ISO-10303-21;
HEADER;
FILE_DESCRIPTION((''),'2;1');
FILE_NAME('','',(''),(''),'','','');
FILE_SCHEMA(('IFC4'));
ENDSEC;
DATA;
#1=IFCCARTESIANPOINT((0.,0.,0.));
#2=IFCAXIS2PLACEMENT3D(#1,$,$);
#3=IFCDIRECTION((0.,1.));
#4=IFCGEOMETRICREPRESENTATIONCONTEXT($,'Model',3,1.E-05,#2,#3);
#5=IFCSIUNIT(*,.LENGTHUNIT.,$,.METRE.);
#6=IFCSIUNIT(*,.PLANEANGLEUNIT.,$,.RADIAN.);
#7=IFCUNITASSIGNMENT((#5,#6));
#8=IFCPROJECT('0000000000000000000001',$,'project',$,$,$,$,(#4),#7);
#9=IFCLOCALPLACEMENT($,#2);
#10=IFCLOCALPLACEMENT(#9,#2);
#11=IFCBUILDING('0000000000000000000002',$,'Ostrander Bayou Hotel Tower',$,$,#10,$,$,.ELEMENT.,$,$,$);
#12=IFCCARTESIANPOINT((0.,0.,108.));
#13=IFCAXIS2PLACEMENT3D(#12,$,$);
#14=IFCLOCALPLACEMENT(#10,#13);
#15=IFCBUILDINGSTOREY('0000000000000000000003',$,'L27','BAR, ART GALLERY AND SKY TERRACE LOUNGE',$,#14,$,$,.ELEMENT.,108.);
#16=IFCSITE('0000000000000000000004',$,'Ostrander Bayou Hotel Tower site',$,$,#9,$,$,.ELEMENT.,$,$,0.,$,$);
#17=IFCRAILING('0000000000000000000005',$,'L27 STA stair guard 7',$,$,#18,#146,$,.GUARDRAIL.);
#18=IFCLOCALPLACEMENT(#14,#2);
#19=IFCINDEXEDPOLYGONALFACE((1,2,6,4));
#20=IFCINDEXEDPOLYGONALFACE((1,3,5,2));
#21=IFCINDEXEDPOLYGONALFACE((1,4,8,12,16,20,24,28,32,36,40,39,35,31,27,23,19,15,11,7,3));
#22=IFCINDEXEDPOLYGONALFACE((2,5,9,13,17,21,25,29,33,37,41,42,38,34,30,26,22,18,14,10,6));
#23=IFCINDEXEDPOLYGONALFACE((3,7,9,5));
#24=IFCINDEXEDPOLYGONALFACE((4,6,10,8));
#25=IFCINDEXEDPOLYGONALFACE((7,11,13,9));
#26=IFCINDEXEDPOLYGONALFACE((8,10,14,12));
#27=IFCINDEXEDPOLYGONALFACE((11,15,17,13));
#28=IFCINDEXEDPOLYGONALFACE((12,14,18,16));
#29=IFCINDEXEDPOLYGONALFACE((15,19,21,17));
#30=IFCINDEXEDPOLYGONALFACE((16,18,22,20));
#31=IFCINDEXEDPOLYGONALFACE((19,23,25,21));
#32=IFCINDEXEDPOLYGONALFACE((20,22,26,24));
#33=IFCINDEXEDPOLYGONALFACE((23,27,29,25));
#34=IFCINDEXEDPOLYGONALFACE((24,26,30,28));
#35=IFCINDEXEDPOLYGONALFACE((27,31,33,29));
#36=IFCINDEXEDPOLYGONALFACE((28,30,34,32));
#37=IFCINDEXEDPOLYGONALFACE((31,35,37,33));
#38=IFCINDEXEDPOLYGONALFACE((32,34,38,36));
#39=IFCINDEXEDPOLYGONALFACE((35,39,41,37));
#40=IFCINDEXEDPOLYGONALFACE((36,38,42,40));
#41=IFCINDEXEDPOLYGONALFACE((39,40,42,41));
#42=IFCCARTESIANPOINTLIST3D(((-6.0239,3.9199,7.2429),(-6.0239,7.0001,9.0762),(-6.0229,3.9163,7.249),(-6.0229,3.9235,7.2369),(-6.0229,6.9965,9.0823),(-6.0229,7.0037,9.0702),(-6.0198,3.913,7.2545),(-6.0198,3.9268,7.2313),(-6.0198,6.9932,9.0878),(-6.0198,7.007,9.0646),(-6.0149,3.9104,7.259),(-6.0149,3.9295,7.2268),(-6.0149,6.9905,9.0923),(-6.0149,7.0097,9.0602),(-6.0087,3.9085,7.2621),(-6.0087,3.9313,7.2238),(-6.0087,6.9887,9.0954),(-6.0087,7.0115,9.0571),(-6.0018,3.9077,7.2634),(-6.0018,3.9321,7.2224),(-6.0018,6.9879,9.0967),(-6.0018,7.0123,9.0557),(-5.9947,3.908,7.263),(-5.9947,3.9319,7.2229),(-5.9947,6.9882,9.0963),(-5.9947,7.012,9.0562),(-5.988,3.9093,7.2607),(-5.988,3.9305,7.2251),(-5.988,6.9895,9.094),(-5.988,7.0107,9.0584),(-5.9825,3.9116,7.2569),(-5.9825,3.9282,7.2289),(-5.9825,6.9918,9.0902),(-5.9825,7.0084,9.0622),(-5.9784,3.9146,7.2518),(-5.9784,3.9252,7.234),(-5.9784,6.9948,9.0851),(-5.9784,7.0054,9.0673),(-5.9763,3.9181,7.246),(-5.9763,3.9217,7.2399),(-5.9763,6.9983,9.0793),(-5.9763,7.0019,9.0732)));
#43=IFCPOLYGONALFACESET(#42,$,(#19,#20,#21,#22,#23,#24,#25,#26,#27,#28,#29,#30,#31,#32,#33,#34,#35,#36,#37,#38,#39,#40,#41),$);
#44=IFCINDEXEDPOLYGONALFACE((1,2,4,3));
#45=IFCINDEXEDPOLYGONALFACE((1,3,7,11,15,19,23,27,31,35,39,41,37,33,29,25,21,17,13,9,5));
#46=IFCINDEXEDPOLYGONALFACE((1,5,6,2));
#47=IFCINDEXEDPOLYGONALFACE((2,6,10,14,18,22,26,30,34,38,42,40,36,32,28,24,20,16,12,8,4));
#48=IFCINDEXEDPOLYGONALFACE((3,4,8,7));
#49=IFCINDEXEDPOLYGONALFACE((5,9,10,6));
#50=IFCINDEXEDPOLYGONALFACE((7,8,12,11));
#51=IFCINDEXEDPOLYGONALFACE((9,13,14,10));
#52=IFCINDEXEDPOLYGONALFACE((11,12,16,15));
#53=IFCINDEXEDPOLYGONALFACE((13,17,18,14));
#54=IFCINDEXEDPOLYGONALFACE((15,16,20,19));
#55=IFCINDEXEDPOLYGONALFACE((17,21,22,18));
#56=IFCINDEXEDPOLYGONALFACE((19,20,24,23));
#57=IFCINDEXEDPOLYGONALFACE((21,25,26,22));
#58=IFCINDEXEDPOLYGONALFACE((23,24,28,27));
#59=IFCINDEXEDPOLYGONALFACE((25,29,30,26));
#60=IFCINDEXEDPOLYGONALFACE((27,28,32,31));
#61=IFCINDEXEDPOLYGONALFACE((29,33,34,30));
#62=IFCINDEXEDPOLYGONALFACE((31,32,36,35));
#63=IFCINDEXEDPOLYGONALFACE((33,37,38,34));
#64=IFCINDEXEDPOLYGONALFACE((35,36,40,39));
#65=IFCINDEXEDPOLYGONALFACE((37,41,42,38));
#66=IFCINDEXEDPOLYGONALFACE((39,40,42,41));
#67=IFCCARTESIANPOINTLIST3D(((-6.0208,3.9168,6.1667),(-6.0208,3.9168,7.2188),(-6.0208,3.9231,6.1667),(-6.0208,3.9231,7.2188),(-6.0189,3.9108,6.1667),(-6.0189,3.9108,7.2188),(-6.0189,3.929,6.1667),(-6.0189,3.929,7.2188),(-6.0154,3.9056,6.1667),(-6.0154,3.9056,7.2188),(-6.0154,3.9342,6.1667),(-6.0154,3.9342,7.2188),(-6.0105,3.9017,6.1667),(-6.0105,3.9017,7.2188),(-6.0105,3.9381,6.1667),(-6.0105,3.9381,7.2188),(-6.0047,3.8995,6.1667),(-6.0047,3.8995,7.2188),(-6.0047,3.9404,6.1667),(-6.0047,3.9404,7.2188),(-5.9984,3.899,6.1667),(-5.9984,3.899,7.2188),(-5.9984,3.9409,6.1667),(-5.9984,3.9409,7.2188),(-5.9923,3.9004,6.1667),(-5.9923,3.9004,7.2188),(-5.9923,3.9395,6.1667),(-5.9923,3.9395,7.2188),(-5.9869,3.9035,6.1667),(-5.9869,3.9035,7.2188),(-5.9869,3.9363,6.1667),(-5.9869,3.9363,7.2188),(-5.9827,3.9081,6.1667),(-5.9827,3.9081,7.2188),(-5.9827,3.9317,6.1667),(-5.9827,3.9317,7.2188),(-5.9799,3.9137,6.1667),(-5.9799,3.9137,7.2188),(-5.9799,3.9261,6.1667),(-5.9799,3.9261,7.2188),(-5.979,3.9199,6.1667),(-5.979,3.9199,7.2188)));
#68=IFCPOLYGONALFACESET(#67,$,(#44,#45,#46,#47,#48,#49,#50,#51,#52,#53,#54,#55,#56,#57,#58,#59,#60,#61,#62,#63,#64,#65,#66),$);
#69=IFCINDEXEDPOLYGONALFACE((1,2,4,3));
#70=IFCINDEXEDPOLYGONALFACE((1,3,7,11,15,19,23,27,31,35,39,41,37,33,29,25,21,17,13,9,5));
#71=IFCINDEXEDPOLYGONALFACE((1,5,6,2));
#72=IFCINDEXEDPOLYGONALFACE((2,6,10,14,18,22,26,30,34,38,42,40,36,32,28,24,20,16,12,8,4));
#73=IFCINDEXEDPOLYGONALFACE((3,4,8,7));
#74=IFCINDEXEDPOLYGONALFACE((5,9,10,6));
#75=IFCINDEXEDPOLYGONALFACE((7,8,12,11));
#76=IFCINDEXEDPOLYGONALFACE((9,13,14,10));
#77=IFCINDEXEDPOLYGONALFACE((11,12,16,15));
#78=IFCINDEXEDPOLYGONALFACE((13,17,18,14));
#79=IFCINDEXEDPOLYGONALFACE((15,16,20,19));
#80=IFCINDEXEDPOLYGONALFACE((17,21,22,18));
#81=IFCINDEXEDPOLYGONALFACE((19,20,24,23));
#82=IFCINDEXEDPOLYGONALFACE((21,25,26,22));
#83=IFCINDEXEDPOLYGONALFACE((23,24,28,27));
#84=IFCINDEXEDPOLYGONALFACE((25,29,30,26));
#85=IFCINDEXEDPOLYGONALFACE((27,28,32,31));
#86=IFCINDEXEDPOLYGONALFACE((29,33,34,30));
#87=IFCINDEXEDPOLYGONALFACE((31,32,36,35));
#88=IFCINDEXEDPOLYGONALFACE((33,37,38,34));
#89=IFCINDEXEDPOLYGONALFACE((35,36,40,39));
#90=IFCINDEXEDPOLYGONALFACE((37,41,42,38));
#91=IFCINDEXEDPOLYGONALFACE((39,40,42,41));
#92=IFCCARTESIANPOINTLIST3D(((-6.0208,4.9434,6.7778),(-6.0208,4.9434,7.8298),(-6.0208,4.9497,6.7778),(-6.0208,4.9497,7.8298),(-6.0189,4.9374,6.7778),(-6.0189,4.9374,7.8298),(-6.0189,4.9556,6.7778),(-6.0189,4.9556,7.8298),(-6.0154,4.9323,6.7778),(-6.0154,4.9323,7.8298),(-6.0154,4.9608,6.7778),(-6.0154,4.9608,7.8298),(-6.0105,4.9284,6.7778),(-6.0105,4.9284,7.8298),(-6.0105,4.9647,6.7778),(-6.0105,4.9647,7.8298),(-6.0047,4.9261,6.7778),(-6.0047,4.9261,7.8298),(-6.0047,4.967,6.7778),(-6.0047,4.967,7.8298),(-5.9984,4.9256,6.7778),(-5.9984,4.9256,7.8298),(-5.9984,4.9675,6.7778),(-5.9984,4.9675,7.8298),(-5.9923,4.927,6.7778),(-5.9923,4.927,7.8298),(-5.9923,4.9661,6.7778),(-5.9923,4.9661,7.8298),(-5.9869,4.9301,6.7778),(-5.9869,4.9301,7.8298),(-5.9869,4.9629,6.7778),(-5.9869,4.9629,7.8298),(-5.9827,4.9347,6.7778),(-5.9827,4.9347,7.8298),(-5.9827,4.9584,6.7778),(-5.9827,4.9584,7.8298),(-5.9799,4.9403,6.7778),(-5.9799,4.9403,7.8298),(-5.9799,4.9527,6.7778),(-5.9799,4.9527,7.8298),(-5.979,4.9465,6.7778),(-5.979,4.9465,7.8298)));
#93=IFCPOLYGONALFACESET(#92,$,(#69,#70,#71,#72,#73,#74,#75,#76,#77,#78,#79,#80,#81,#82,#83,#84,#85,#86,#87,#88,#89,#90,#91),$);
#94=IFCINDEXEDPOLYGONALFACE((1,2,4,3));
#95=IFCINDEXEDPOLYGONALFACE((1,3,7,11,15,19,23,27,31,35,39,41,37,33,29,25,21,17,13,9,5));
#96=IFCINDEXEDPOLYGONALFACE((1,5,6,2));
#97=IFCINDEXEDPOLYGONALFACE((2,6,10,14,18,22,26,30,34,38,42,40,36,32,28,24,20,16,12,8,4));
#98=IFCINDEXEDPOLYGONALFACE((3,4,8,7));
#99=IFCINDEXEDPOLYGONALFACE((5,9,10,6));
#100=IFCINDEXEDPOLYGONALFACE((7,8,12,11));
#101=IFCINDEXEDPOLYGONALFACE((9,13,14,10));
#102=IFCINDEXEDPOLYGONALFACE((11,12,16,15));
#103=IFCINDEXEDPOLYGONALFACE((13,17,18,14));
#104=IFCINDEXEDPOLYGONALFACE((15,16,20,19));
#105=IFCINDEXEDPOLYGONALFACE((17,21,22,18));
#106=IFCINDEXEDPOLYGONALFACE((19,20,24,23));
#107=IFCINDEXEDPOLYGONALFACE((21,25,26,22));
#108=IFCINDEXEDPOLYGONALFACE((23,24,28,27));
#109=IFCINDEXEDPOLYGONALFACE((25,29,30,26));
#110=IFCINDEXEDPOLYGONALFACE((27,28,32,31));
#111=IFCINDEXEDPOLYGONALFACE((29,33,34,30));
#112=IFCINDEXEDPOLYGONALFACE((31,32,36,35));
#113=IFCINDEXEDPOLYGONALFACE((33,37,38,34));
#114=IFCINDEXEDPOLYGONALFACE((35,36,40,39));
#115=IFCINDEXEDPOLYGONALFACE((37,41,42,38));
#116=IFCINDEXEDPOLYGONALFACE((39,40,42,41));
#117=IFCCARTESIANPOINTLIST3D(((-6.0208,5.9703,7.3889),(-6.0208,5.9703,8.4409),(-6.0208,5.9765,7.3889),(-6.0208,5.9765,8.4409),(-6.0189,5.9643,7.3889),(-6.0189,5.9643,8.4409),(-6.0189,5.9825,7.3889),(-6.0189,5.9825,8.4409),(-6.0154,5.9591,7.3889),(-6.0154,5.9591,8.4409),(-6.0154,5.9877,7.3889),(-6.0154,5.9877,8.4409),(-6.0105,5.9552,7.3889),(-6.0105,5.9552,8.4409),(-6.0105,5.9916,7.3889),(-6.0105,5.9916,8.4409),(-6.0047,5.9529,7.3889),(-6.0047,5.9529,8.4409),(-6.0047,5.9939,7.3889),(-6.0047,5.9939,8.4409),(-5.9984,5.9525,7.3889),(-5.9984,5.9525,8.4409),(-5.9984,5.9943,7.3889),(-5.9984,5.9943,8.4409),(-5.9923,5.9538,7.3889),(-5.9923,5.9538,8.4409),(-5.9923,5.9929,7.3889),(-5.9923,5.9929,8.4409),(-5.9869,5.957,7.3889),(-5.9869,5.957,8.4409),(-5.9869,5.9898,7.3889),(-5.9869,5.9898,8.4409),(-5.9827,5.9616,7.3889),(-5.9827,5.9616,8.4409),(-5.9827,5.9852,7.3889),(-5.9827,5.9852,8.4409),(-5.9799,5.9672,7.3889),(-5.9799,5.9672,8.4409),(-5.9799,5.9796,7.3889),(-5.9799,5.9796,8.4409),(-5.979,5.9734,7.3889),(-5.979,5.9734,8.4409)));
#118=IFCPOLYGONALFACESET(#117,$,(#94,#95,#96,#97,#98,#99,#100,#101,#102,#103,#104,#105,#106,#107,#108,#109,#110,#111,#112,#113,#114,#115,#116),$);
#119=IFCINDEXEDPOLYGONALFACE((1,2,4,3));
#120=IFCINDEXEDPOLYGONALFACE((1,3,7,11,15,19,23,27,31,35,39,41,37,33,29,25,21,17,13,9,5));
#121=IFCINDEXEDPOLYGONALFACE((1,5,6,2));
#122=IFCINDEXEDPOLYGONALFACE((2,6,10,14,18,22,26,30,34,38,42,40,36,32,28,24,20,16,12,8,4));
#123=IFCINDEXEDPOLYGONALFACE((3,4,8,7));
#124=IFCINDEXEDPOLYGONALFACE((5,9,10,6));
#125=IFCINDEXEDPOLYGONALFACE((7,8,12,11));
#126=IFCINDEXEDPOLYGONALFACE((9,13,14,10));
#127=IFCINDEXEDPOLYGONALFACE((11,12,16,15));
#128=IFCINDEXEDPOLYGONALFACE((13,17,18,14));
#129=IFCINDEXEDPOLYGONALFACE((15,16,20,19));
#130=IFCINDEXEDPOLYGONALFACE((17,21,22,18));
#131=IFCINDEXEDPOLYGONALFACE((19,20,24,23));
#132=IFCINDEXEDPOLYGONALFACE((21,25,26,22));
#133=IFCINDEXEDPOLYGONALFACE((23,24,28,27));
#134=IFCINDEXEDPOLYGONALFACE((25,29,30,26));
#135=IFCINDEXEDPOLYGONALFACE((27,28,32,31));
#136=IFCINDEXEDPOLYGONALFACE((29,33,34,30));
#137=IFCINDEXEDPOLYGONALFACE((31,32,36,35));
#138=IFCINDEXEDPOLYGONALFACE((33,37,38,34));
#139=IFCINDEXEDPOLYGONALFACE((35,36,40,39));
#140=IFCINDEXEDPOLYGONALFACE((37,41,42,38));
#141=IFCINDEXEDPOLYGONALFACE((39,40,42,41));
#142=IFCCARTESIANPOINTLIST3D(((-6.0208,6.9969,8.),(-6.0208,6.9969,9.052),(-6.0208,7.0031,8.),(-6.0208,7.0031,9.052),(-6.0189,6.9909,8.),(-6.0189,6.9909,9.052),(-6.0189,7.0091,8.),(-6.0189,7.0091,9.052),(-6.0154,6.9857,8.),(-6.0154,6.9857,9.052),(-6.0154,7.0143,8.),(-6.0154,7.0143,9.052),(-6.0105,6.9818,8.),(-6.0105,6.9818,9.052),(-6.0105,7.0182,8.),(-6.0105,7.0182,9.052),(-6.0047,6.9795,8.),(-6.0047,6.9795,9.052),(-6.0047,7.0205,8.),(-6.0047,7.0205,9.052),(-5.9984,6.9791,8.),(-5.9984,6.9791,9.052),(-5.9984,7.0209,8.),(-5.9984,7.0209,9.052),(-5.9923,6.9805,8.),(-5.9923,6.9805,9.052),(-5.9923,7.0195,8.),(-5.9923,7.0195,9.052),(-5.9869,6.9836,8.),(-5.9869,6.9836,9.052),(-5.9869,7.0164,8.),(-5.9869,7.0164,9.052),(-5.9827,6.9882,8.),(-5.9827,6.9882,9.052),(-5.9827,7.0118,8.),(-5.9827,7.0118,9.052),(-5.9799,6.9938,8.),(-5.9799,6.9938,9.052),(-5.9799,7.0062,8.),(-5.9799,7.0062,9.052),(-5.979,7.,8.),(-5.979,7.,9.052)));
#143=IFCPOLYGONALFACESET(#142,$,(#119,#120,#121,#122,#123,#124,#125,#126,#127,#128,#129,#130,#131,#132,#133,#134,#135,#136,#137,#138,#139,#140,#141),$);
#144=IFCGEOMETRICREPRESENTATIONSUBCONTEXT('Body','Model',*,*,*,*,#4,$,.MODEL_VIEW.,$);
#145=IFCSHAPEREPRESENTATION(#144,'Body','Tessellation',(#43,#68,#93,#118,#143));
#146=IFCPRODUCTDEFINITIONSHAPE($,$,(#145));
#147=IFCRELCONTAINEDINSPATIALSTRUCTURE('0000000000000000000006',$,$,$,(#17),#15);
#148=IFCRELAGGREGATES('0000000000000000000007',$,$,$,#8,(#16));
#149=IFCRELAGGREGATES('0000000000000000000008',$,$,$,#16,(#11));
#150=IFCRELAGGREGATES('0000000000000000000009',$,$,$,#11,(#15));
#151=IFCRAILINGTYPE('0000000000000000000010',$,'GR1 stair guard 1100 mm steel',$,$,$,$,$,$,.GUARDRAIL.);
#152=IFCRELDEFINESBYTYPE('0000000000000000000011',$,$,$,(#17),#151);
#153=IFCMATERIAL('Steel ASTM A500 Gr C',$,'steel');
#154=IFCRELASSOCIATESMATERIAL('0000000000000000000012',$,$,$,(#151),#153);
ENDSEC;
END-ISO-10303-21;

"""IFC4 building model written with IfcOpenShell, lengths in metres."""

from ifc_helpers import new_model, si_unit, direction, frame, origin, origin_2d, place, context, subcontext, project, spatial, circle, extrude, material, type_object, element, save


model = new_model("IFC4")

# Units and contexts
model_context = context("Model", 3, precision=1e-05, world=origin(), true_north=direction((0.0, 1.0)))
body_context = subcontext(model_context, "Body", "Model", "MODEL_VIEW")
ifc_project = project(units=[si_unit("LENGTHUNIT", "METRE"), si_unit("PLANEANGLEUNIT", "RADIAN")], contexts=[model_context])

# Site, building, storey
site_placement = place(None, origin())
site = spatial("IfcSite", under=ifc_project, at=site_placement, Name="Ostrander Bayou Hotel Tower site", CompositionType="ELEMENT", RefElevation=0.0)
building_placement = place(site_placement, origin())
building = spatial("IfcBuilding", under=site, at=building_placement, Name="Ostrander Bayou Hotel Tower", CompositionType="ELEMENT")
storey_placement = place(building_placement, frame((0.0, 0.0, 108.0)))
storey = spatial("IfcBuildingStorey", under=building, at=storey_placement, Name="L27", Description="BAR, ART GALLERY AND SKY TERRACE LOUNGE", CompositionType="ELEMENT", Elevation=108.0)

# Railing
ifc_material_1 = material(Name="Steel ASTM A500 Gr C", Category="steel")
railing_type_1 = type_object("IfcRailingType", Name="GR1 stair guard 1100 mm steel", PredefinedType="GUARDRAIL", material=ifc_material_1)
railing_1_placement = place(storey_placement, frame((-6.0, 3.9199, 6.1667)))
element("IfcRailing", 1, at=railing_1_placement, inside=storey, type_object=railing_type_1, Name="L27 STA stair guard 7", PredefinedType="GUARDRAIL", context=body_context, shape_type="SweptSolid", body=[
    extrude(circle(Radius=0.0239, at=origin_2d()), frame((0.0, 0.0, 1.0762), z_axis=(0.0, 0.859309, 0.511458), x_axis=(-1.0, 0.0, 0.0)), (0.0, 0.0, 1.0), 3.5845),
    extrude(circle(Radius=0.021, at=origin_2d()), origin(), (0.0, 0.0, 1.0), 1.052),
    extrude(circle(Radius=0.021, at=origin_2d()), frame((0.0, 1.0266, 0.6111)), (0.0, 0.0, 1.0), 1.052),
    extrude(circle(Radius=0.021, at=origin_2d()), frame((0.0, 2.0535, 1.2222)), (0.0, 0.0, 1.0), 1.052),
    extrude(circle(Radius=0.021, at=origin_2d()), frame((0.0, 3.0801, 1.8333)), (0.0, 0.0, 1.0), 1.052),
])

save(model, "model.ifc")
